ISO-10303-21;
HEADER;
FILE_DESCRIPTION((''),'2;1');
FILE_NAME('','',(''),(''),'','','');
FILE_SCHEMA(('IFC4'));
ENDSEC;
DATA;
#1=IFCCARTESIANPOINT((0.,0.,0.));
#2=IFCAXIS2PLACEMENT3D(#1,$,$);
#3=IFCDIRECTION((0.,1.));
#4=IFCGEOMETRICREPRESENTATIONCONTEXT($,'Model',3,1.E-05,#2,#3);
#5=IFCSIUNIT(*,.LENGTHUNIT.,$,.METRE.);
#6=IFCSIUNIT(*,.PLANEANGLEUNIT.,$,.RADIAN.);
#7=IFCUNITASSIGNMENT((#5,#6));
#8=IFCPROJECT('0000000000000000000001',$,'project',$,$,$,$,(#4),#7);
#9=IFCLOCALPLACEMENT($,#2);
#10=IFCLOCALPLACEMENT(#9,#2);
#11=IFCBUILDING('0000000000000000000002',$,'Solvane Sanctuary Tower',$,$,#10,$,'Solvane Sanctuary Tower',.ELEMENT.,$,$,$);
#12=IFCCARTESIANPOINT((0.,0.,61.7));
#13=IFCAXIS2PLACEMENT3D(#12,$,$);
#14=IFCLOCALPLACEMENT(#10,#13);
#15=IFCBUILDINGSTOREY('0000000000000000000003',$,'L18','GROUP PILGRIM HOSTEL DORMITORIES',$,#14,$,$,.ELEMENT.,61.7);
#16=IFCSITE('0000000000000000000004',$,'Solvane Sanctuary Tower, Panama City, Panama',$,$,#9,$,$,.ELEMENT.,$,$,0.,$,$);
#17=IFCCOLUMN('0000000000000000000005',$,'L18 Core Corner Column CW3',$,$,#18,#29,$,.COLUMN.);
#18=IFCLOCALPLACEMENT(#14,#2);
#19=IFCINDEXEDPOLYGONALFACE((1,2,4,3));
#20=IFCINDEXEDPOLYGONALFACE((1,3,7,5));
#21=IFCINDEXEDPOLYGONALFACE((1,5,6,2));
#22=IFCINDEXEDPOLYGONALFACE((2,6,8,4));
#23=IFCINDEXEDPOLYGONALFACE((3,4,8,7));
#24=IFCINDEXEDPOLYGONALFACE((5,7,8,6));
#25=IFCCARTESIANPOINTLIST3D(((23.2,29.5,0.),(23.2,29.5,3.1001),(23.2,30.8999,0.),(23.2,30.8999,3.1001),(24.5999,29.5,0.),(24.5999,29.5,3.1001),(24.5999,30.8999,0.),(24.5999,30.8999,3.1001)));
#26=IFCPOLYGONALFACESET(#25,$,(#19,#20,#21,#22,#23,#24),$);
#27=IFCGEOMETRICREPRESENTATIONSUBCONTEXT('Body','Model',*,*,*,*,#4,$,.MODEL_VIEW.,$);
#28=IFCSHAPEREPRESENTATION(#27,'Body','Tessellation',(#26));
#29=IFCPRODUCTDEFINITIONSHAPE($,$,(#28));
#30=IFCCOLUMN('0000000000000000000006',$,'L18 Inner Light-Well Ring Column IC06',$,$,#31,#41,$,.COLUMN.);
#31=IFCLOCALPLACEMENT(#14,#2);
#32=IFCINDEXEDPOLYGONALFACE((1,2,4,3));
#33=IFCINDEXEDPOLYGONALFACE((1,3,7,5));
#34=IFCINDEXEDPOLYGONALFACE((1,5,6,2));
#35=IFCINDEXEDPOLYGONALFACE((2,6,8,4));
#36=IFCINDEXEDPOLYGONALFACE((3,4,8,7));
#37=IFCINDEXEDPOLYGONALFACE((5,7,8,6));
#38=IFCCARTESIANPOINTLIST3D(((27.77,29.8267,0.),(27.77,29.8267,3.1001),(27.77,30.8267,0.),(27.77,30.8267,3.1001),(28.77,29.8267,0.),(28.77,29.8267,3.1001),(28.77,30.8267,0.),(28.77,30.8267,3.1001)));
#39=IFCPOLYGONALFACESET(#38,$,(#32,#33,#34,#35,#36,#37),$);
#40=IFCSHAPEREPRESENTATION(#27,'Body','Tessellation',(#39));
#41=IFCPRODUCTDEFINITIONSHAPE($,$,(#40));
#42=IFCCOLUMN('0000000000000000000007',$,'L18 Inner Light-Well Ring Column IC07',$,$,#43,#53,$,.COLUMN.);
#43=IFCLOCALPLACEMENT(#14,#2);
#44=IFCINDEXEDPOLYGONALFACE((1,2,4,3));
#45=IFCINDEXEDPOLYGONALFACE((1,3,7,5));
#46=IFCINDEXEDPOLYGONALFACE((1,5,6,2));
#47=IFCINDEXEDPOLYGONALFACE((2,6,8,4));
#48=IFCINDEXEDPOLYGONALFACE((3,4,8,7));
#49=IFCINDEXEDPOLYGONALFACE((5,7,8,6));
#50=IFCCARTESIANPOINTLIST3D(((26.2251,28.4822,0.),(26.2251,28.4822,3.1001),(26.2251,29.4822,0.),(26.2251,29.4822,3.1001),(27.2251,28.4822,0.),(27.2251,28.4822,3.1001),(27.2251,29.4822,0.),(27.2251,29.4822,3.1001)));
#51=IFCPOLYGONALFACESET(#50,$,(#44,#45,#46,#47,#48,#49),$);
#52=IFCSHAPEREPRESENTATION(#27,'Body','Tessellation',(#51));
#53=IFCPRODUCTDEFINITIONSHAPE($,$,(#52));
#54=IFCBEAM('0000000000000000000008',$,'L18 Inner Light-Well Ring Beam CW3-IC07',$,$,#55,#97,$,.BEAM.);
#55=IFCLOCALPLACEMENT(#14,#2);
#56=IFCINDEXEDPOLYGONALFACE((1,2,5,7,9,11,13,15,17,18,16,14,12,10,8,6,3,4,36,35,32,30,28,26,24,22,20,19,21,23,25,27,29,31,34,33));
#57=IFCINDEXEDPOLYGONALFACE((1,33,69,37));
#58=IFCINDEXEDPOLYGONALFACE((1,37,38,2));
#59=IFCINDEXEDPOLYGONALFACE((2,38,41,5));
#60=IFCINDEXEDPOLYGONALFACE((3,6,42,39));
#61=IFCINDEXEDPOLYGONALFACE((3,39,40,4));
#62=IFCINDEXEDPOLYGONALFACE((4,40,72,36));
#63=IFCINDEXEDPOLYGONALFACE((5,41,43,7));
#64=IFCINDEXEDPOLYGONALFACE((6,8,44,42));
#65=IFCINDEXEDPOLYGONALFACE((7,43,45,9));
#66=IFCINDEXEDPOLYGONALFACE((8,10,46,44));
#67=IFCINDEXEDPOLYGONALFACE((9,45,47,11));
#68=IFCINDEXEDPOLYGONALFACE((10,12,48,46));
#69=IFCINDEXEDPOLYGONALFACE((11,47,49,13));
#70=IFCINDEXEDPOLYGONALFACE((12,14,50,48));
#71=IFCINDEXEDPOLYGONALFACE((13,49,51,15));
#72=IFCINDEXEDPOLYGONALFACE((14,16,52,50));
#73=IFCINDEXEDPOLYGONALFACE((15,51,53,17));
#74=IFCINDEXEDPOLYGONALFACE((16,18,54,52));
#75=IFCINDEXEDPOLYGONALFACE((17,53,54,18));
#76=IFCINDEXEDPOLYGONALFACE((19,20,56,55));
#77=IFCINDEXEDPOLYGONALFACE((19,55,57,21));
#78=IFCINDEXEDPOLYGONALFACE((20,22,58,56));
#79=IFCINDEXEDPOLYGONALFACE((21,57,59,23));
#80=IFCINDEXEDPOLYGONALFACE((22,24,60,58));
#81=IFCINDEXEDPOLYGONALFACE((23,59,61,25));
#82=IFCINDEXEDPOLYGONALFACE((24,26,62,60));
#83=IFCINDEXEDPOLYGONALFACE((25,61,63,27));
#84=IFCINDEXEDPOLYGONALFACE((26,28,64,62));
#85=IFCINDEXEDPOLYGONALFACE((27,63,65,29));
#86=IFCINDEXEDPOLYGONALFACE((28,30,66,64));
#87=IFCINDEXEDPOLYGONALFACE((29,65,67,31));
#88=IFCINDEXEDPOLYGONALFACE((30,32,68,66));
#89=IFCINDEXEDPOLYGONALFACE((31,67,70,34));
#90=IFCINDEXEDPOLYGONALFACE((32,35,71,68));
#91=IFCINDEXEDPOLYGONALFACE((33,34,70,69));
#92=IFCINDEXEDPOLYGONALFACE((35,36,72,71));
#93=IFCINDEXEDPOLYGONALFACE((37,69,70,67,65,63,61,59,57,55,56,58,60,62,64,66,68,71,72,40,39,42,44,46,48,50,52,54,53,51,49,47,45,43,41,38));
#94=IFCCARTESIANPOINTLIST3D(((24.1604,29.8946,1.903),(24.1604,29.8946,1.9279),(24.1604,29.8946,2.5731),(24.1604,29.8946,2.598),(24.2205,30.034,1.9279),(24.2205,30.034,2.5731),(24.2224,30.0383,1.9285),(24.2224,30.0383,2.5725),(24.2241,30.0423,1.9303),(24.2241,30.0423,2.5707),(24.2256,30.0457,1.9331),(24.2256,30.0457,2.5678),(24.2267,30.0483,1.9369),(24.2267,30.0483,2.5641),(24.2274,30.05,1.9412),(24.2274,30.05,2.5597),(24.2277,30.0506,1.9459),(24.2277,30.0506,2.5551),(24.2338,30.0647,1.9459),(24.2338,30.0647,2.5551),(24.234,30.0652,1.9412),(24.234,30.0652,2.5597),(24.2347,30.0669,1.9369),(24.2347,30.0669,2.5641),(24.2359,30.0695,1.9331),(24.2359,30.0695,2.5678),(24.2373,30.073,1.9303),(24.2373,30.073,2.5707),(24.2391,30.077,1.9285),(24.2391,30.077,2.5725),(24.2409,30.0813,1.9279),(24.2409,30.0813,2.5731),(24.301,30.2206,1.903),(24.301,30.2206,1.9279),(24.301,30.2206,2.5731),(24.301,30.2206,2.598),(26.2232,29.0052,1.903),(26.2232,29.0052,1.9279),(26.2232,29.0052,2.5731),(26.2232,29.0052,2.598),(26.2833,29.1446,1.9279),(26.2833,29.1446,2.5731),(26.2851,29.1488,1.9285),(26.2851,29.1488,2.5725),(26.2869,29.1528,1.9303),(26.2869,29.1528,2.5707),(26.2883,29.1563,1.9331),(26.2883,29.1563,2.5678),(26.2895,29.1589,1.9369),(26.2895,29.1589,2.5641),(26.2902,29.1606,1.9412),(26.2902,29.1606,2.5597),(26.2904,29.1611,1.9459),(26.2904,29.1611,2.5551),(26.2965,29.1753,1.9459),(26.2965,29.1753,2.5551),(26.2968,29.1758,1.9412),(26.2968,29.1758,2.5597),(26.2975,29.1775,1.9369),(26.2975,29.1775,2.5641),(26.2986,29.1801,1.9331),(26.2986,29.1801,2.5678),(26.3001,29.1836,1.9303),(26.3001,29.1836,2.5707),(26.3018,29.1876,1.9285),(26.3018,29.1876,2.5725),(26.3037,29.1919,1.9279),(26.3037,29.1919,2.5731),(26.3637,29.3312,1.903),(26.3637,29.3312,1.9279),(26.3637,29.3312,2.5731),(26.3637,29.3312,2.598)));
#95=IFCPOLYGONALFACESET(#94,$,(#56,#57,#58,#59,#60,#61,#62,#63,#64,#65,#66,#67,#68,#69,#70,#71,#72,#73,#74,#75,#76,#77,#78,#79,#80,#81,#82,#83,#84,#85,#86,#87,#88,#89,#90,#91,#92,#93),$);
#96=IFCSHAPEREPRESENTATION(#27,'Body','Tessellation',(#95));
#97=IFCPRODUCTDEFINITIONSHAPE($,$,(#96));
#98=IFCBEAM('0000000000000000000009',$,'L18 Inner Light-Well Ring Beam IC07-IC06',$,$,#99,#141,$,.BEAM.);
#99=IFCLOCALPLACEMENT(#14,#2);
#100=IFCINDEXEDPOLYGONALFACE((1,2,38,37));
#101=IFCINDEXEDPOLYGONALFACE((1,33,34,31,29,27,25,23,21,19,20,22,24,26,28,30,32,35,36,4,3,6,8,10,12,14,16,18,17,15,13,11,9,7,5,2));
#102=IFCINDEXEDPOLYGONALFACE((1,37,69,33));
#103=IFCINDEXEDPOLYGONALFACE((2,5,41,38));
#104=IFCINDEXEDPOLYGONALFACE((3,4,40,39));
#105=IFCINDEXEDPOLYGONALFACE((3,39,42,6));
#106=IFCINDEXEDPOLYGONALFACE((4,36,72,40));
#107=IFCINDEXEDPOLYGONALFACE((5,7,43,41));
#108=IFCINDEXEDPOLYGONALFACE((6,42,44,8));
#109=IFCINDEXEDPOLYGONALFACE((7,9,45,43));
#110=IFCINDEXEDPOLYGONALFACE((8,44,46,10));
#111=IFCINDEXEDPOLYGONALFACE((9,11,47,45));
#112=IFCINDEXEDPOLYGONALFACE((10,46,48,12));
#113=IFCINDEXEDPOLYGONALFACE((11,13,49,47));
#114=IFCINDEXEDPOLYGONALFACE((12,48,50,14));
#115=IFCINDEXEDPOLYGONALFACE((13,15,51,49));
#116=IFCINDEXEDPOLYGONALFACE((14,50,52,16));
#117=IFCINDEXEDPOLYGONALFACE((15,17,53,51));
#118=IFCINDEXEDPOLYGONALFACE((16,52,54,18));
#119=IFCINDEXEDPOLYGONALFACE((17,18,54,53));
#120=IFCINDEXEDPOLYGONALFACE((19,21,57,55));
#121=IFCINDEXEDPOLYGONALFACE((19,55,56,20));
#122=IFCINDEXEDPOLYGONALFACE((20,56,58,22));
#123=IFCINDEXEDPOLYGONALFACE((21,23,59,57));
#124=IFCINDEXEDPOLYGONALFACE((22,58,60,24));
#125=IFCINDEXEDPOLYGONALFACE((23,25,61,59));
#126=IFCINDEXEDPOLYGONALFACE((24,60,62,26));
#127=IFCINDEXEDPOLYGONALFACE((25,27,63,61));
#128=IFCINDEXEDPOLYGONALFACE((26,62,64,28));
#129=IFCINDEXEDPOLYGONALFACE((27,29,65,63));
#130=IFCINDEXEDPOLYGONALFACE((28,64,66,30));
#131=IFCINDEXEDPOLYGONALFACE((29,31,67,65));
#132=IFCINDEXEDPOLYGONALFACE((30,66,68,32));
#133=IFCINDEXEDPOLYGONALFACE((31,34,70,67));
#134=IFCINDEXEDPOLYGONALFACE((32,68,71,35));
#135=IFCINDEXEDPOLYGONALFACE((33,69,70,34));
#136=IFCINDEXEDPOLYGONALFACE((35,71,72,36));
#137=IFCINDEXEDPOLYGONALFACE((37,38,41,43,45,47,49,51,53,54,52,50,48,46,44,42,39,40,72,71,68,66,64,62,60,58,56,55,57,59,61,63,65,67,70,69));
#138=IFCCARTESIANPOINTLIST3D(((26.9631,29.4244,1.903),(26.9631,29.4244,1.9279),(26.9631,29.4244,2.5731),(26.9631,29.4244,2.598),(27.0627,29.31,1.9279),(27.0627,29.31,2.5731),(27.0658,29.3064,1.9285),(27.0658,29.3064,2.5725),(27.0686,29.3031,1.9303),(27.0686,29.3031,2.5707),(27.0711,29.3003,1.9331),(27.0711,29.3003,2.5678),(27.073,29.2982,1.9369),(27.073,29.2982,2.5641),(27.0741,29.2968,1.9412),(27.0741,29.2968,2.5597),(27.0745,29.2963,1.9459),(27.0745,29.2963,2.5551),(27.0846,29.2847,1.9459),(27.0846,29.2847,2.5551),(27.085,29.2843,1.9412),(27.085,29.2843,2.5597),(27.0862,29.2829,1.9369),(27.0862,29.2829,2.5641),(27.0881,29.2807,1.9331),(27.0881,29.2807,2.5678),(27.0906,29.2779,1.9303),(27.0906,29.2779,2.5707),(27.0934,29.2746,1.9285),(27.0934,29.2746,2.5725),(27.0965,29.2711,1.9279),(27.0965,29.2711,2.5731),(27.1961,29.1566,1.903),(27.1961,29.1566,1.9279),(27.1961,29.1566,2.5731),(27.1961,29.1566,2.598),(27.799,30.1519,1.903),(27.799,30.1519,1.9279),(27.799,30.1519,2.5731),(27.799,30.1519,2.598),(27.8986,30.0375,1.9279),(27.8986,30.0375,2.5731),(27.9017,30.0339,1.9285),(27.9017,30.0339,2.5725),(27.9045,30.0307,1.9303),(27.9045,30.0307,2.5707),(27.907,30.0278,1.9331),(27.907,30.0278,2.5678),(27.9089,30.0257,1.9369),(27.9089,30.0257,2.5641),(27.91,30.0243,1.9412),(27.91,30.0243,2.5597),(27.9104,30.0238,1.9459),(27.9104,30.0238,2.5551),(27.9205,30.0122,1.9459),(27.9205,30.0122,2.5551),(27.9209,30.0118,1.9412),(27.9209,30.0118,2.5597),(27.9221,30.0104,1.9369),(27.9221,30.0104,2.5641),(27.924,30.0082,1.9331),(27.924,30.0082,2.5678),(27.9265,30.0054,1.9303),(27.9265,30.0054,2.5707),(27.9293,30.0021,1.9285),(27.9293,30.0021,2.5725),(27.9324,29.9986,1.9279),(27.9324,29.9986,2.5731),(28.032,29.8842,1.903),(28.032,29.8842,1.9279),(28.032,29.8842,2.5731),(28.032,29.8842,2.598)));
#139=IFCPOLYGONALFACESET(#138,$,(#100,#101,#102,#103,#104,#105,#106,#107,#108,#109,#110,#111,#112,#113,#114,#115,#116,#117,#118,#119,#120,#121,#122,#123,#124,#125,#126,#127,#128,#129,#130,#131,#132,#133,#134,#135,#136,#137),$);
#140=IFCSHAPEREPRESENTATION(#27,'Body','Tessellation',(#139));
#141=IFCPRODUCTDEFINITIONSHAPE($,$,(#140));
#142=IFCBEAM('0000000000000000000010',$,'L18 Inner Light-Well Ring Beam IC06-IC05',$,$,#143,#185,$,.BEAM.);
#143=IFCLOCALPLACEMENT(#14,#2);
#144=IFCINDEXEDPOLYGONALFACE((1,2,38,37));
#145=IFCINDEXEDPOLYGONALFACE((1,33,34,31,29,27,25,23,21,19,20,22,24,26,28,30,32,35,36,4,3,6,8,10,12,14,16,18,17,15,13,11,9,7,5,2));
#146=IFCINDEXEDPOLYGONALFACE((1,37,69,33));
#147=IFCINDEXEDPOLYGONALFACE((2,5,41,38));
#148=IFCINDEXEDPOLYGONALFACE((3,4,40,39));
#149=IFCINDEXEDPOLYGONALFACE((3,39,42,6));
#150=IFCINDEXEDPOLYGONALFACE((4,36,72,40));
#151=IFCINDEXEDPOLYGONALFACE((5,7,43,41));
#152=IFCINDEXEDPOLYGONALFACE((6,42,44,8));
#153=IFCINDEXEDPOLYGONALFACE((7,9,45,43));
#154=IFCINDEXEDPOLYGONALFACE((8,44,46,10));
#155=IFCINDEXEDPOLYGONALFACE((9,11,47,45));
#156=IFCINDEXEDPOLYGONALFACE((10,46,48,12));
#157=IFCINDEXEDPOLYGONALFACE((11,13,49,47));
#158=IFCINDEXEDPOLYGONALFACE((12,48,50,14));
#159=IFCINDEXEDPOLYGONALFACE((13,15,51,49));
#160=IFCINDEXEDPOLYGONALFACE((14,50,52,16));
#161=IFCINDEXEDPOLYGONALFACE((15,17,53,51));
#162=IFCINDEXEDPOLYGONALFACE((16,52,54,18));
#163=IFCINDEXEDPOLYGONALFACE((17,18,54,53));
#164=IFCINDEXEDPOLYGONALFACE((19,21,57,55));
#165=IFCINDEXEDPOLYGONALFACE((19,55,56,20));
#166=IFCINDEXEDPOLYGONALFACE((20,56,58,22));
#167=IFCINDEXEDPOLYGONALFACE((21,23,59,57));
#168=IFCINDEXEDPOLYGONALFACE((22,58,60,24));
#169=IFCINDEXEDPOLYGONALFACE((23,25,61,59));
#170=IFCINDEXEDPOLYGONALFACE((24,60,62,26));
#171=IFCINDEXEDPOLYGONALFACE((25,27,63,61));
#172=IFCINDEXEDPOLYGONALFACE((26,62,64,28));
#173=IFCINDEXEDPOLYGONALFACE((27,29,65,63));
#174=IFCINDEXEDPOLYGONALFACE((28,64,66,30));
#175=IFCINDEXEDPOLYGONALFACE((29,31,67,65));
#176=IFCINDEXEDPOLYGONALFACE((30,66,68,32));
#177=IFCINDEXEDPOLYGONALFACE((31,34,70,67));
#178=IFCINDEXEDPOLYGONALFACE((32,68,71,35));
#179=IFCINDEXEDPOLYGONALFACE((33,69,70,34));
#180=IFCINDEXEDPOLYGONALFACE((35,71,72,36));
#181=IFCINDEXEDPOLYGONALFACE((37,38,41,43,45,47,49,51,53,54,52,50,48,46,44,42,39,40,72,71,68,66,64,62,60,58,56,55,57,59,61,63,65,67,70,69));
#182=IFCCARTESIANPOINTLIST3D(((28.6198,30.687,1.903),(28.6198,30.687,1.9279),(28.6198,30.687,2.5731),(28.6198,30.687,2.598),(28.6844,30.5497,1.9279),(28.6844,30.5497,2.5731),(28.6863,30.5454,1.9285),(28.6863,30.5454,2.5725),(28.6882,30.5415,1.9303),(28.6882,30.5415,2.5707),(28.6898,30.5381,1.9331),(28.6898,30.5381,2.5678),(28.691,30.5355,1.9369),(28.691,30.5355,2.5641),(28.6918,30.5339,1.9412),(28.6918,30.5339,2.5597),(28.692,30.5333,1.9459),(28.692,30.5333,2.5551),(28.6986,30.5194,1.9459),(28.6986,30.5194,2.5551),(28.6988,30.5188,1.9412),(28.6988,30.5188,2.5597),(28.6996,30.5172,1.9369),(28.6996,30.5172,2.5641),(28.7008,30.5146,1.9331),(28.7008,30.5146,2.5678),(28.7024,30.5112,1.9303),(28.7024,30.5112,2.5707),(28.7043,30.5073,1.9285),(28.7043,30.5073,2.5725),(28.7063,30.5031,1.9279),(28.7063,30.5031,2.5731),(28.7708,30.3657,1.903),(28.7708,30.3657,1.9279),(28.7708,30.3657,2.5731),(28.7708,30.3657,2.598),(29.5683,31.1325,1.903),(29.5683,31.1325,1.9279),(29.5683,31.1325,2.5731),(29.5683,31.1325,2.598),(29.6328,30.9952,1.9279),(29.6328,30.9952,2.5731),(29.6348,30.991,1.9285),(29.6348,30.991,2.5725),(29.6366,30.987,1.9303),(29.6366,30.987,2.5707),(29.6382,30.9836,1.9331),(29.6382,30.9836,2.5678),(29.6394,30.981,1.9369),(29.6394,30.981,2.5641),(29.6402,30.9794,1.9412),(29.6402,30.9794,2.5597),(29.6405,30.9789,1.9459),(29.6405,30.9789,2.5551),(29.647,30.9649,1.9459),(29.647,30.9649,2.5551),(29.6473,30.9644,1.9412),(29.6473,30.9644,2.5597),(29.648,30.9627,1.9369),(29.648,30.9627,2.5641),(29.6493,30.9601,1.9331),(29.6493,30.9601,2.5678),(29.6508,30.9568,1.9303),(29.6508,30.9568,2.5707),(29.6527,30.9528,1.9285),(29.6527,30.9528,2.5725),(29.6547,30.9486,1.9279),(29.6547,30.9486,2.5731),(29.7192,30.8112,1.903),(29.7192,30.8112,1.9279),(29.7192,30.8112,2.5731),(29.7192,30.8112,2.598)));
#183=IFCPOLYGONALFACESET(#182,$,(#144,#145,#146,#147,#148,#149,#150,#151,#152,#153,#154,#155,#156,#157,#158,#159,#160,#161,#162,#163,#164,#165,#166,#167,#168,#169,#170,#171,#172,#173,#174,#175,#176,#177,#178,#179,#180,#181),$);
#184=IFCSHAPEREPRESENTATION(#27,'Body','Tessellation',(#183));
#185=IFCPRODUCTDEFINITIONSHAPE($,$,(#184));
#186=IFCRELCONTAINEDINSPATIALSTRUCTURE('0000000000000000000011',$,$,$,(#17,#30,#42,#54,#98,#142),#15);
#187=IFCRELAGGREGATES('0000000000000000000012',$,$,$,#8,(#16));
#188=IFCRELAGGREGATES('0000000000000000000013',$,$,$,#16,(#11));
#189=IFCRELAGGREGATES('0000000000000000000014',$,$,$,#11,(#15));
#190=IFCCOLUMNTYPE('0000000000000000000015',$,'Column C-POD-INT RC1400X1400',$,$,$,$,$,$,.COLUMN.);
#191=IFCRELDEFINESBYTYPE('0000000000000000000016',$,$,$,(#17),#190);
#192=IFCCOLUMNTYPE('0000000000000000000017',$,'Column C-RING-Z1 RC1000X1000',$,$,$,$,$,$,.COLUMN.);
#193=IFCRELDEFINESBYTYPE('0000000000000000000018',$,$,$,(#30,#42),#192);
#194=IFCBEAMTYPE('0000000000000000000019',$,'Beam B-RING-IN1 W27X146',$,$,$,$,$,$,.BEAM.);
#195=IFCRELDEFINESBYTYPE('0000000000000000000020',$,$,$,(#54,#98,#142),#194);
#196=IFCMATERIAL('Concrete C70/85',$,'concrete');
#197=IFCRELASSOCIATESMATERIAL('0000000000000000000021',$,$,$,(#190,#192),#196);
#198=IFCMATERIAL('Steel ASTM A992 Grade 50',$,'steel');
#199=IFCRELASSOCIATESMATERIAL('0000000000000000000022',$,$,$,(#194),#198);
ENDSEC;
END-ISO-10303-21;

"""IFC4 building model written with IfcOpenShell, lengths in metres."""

from ifc_helpers import new_model, si_unit, direction, frame, origin, origin_2d, place, context, subcontext, project, spatial, rectangle, i_section, extrude, material, material_profile, profile_set, type_object, element, save


model = new_model("IFC4")

# Units and contexts
model_context = context("Model", 3, precision=1e-05, world=origin(), true_north=direction((0.0, 1.0)))
body_context = subcontext(model_context, "Body", "Model", "MODEL_VIEW")
ifc_project = project(units=[si_unit("LENGTHUNIT", "METRE"), si_unit("PLANEANGLEUNIT", "RADIAN")], contexts=[model_context])

# Site, building, storey
site_placement = place(None, origin())
site = spatial("IfcSite", under=ifc_project, at=site_placement, Name="Solvane Sanctuary Tower, Panama City, Panama", CompositionType="ELEMENT", RefElevation=0.0)
building_placement = place(site_placement, origin())
building = spatial("IfcBuilding", under=site, at=building_placement, Name="Solvane Sanctuary Tower", LongName="Solvane Sanctuary Tower", CompositionType="ELEMENT")
storey_placement = place(building_placement, frame((0.0, 0.0, 61.7)))
storey = spatial("IfcBuildingStorey", under=building, at=storey_placement, Name="L18", Description="GROUP PILGRIM HOSTEL DORMITORIES", CompositionType="ELEMENT", Elevation=61.7)

# Columns
ifc_material_1 = material(Name="Concrete C70/85", Category="concrete")
ifc_material_profile_1 = material_profile(ifc_material_1, rectangle(XDim=1.3999, YDim=1.3999, at=origin_2d()), Name="RC1400X1400")
ifc_profile_set_1 = profile_set([ifc_material_profile_1], Name="Concrete C70/85")
column_type_1 = type_object("IfcColumnType", Name="Column C-POD-INT RC1400X1400", PredefinedType="COLUMN", material=ifc_profile_set_1)
column_placement = place(storey_placement, frame((23.8999, 30.2, 0.0), z_axis=(0.0, 0.0, 1.0), x_axis=(1.0, 0.0, 0.0)))
element("IfcColumn", 1, at=column_placement, inside=storey, type_object=column_type_1, Name="L18 Core Corner Column CW3", PredefinedType="COLUMN", context=body_context, shape_type="SweptSolid", body=[
    extrude(rectangle(XDim=1.3999, YDim=1.3999, at=origin_2d()), origin(), (0.0, 0.0, 1.0), 3.1001),
])
ifc_material_profile_2 = material_profile(ifc_material_1, rectangle(XDim=1.0, YDim=1.0, at=origin_2d()), Name="RC1000X1000")
ifc_profile_set_2 = profile_set([ifc_material_profile_2], Name="Concrete C70/85")
column_type_2 = type_object("IfcColumnType", Name="Column C-RING-Z1 RC1000X1000", PredefinedType="COLUMN", material=ifc_profile_set_2)
for number, where, z_axis, x_axis, name in (
    (2, (28.27, 30.3267, 0.0), (0.0, 0.0, 1.0), (1.0, 0.0, 0.0), "L18 Inner Light-Well Ring Column IC06"),
    (3, (26.7251, 28.9822, 0.0), (0.0, 0.0, 1.0), (1.0, 0.0, 0.0), "L18 Inner Light-Well Ring Column IC07"),
):
    element("IfcColumn", number, at=place(storey_placement, frame(where, z_axis=z_axis, x_axis=x_axis)), inside=storey, type_object=column_type_2, Name=name, PredefinedType="COLUMN", context=body_context, shape_type="SweptSolid", body=[
        extrude(rectangle(XDim=1.0, YDim=1.0, at=origin_2d()), origin(), (0.0, 0.0, 1.0), 3.1001),
    ])

# Beams
ifc_material_2 = material(Name="Steel ASTM A992 Grade 50", Category="steel")
ifc_material_profile_3 = material_profile(ifc_material_2, i_section(OverallWidth=0.355, OverallDepth=0.6951, WebThickness=0.0154, FlangeThickness=0.0249, FilletRadius=0.0181, at=origin_2d()), Name="W27X146")
ifc_profile_set_3 = profile_set([ifc_material_profile_3], Name="Steel ASTM A992 Grade 50")
beam_type_1 = type_object("IfcBeamType", Name="Beam B-RING-IN1 W27X146", PredefinedType="BEAM", material=ifc_profile_set_3)
beam_1_placement = place(storey_placement, frame((24.2307, 30.0576, 2.2505), z_axis=(0.918277, -0.395938, 0.0), x_axis=(0.395938, 0.918277, 0.0)))
element("IfcBeam", 4, at=beam_1_placement, inside=storey, type_object=beam_type_1, Name="L18 Inner Light-Well Ring Beam CW3-IC07", PredefinedType="BEAM", context=body_context, shape_type="SweptSolid", body=[
    extrude(i_section(OverallWidth=0.355, OverallDepth=0.6951, WebThickness=0.0154, FlangeThickness=0.0249, FilletRadius=0.0181, at=origin_2d()), origin(), (0.0, 0.0, 1.0), 2.2463),
])
beam_2_placement = place(storey_placement, frame((27.0796, 29.2905, 2.2505), z_axis=(0.754321, 0.656506, 0.0), x_axis=(-0.656506, 0.754321, 0.0)))
element("IfcBeam", 5, at=beam_2_placement, inside=storey, type_object=beam_type_1, Name="L18 Inner Light-Well Ring Beam IC07-IC06", PredefinedType="BEAM", context=body_context, shape_type="SweptSolid", body=[
    extrude(i_section(OverallWidth=0.355, OverallDepth=0.6951, WebThickness=0.0154, FlangeThickness=0.0249, FilletRadius=0.0181, at=origin_2d()), origin(), (0.0, 0.0, 1.0), 1.1082),
])
beam_3_placement = place(storey_placement, frame((28.6953, 30.5264, 2.2505), z_axis=(0.905109, 0.42518, 0.0), x_axis=(-0.42518, 0.905109, 0.0)))
element("IfcBeam", 6, at=beam_3_placement, inside=storey, type_object=beam_type_1, Name="L18 Inner Light-Well Ring Beam IC06-IC05", PredefinedType="BEAM", context=body_context, shape_type="SweptSolid", body=[
    extrude(i_section(OverallWidth=0.355, OverallDepth=0.6951, WebThickness=0.0154, FlangeThickness=0.0249, FilletRadius=0.0181, at=origin_2d()), origin(), (0.0, 0.0, 1.0), 1.0479),
])

save(model, "model.ifc")
